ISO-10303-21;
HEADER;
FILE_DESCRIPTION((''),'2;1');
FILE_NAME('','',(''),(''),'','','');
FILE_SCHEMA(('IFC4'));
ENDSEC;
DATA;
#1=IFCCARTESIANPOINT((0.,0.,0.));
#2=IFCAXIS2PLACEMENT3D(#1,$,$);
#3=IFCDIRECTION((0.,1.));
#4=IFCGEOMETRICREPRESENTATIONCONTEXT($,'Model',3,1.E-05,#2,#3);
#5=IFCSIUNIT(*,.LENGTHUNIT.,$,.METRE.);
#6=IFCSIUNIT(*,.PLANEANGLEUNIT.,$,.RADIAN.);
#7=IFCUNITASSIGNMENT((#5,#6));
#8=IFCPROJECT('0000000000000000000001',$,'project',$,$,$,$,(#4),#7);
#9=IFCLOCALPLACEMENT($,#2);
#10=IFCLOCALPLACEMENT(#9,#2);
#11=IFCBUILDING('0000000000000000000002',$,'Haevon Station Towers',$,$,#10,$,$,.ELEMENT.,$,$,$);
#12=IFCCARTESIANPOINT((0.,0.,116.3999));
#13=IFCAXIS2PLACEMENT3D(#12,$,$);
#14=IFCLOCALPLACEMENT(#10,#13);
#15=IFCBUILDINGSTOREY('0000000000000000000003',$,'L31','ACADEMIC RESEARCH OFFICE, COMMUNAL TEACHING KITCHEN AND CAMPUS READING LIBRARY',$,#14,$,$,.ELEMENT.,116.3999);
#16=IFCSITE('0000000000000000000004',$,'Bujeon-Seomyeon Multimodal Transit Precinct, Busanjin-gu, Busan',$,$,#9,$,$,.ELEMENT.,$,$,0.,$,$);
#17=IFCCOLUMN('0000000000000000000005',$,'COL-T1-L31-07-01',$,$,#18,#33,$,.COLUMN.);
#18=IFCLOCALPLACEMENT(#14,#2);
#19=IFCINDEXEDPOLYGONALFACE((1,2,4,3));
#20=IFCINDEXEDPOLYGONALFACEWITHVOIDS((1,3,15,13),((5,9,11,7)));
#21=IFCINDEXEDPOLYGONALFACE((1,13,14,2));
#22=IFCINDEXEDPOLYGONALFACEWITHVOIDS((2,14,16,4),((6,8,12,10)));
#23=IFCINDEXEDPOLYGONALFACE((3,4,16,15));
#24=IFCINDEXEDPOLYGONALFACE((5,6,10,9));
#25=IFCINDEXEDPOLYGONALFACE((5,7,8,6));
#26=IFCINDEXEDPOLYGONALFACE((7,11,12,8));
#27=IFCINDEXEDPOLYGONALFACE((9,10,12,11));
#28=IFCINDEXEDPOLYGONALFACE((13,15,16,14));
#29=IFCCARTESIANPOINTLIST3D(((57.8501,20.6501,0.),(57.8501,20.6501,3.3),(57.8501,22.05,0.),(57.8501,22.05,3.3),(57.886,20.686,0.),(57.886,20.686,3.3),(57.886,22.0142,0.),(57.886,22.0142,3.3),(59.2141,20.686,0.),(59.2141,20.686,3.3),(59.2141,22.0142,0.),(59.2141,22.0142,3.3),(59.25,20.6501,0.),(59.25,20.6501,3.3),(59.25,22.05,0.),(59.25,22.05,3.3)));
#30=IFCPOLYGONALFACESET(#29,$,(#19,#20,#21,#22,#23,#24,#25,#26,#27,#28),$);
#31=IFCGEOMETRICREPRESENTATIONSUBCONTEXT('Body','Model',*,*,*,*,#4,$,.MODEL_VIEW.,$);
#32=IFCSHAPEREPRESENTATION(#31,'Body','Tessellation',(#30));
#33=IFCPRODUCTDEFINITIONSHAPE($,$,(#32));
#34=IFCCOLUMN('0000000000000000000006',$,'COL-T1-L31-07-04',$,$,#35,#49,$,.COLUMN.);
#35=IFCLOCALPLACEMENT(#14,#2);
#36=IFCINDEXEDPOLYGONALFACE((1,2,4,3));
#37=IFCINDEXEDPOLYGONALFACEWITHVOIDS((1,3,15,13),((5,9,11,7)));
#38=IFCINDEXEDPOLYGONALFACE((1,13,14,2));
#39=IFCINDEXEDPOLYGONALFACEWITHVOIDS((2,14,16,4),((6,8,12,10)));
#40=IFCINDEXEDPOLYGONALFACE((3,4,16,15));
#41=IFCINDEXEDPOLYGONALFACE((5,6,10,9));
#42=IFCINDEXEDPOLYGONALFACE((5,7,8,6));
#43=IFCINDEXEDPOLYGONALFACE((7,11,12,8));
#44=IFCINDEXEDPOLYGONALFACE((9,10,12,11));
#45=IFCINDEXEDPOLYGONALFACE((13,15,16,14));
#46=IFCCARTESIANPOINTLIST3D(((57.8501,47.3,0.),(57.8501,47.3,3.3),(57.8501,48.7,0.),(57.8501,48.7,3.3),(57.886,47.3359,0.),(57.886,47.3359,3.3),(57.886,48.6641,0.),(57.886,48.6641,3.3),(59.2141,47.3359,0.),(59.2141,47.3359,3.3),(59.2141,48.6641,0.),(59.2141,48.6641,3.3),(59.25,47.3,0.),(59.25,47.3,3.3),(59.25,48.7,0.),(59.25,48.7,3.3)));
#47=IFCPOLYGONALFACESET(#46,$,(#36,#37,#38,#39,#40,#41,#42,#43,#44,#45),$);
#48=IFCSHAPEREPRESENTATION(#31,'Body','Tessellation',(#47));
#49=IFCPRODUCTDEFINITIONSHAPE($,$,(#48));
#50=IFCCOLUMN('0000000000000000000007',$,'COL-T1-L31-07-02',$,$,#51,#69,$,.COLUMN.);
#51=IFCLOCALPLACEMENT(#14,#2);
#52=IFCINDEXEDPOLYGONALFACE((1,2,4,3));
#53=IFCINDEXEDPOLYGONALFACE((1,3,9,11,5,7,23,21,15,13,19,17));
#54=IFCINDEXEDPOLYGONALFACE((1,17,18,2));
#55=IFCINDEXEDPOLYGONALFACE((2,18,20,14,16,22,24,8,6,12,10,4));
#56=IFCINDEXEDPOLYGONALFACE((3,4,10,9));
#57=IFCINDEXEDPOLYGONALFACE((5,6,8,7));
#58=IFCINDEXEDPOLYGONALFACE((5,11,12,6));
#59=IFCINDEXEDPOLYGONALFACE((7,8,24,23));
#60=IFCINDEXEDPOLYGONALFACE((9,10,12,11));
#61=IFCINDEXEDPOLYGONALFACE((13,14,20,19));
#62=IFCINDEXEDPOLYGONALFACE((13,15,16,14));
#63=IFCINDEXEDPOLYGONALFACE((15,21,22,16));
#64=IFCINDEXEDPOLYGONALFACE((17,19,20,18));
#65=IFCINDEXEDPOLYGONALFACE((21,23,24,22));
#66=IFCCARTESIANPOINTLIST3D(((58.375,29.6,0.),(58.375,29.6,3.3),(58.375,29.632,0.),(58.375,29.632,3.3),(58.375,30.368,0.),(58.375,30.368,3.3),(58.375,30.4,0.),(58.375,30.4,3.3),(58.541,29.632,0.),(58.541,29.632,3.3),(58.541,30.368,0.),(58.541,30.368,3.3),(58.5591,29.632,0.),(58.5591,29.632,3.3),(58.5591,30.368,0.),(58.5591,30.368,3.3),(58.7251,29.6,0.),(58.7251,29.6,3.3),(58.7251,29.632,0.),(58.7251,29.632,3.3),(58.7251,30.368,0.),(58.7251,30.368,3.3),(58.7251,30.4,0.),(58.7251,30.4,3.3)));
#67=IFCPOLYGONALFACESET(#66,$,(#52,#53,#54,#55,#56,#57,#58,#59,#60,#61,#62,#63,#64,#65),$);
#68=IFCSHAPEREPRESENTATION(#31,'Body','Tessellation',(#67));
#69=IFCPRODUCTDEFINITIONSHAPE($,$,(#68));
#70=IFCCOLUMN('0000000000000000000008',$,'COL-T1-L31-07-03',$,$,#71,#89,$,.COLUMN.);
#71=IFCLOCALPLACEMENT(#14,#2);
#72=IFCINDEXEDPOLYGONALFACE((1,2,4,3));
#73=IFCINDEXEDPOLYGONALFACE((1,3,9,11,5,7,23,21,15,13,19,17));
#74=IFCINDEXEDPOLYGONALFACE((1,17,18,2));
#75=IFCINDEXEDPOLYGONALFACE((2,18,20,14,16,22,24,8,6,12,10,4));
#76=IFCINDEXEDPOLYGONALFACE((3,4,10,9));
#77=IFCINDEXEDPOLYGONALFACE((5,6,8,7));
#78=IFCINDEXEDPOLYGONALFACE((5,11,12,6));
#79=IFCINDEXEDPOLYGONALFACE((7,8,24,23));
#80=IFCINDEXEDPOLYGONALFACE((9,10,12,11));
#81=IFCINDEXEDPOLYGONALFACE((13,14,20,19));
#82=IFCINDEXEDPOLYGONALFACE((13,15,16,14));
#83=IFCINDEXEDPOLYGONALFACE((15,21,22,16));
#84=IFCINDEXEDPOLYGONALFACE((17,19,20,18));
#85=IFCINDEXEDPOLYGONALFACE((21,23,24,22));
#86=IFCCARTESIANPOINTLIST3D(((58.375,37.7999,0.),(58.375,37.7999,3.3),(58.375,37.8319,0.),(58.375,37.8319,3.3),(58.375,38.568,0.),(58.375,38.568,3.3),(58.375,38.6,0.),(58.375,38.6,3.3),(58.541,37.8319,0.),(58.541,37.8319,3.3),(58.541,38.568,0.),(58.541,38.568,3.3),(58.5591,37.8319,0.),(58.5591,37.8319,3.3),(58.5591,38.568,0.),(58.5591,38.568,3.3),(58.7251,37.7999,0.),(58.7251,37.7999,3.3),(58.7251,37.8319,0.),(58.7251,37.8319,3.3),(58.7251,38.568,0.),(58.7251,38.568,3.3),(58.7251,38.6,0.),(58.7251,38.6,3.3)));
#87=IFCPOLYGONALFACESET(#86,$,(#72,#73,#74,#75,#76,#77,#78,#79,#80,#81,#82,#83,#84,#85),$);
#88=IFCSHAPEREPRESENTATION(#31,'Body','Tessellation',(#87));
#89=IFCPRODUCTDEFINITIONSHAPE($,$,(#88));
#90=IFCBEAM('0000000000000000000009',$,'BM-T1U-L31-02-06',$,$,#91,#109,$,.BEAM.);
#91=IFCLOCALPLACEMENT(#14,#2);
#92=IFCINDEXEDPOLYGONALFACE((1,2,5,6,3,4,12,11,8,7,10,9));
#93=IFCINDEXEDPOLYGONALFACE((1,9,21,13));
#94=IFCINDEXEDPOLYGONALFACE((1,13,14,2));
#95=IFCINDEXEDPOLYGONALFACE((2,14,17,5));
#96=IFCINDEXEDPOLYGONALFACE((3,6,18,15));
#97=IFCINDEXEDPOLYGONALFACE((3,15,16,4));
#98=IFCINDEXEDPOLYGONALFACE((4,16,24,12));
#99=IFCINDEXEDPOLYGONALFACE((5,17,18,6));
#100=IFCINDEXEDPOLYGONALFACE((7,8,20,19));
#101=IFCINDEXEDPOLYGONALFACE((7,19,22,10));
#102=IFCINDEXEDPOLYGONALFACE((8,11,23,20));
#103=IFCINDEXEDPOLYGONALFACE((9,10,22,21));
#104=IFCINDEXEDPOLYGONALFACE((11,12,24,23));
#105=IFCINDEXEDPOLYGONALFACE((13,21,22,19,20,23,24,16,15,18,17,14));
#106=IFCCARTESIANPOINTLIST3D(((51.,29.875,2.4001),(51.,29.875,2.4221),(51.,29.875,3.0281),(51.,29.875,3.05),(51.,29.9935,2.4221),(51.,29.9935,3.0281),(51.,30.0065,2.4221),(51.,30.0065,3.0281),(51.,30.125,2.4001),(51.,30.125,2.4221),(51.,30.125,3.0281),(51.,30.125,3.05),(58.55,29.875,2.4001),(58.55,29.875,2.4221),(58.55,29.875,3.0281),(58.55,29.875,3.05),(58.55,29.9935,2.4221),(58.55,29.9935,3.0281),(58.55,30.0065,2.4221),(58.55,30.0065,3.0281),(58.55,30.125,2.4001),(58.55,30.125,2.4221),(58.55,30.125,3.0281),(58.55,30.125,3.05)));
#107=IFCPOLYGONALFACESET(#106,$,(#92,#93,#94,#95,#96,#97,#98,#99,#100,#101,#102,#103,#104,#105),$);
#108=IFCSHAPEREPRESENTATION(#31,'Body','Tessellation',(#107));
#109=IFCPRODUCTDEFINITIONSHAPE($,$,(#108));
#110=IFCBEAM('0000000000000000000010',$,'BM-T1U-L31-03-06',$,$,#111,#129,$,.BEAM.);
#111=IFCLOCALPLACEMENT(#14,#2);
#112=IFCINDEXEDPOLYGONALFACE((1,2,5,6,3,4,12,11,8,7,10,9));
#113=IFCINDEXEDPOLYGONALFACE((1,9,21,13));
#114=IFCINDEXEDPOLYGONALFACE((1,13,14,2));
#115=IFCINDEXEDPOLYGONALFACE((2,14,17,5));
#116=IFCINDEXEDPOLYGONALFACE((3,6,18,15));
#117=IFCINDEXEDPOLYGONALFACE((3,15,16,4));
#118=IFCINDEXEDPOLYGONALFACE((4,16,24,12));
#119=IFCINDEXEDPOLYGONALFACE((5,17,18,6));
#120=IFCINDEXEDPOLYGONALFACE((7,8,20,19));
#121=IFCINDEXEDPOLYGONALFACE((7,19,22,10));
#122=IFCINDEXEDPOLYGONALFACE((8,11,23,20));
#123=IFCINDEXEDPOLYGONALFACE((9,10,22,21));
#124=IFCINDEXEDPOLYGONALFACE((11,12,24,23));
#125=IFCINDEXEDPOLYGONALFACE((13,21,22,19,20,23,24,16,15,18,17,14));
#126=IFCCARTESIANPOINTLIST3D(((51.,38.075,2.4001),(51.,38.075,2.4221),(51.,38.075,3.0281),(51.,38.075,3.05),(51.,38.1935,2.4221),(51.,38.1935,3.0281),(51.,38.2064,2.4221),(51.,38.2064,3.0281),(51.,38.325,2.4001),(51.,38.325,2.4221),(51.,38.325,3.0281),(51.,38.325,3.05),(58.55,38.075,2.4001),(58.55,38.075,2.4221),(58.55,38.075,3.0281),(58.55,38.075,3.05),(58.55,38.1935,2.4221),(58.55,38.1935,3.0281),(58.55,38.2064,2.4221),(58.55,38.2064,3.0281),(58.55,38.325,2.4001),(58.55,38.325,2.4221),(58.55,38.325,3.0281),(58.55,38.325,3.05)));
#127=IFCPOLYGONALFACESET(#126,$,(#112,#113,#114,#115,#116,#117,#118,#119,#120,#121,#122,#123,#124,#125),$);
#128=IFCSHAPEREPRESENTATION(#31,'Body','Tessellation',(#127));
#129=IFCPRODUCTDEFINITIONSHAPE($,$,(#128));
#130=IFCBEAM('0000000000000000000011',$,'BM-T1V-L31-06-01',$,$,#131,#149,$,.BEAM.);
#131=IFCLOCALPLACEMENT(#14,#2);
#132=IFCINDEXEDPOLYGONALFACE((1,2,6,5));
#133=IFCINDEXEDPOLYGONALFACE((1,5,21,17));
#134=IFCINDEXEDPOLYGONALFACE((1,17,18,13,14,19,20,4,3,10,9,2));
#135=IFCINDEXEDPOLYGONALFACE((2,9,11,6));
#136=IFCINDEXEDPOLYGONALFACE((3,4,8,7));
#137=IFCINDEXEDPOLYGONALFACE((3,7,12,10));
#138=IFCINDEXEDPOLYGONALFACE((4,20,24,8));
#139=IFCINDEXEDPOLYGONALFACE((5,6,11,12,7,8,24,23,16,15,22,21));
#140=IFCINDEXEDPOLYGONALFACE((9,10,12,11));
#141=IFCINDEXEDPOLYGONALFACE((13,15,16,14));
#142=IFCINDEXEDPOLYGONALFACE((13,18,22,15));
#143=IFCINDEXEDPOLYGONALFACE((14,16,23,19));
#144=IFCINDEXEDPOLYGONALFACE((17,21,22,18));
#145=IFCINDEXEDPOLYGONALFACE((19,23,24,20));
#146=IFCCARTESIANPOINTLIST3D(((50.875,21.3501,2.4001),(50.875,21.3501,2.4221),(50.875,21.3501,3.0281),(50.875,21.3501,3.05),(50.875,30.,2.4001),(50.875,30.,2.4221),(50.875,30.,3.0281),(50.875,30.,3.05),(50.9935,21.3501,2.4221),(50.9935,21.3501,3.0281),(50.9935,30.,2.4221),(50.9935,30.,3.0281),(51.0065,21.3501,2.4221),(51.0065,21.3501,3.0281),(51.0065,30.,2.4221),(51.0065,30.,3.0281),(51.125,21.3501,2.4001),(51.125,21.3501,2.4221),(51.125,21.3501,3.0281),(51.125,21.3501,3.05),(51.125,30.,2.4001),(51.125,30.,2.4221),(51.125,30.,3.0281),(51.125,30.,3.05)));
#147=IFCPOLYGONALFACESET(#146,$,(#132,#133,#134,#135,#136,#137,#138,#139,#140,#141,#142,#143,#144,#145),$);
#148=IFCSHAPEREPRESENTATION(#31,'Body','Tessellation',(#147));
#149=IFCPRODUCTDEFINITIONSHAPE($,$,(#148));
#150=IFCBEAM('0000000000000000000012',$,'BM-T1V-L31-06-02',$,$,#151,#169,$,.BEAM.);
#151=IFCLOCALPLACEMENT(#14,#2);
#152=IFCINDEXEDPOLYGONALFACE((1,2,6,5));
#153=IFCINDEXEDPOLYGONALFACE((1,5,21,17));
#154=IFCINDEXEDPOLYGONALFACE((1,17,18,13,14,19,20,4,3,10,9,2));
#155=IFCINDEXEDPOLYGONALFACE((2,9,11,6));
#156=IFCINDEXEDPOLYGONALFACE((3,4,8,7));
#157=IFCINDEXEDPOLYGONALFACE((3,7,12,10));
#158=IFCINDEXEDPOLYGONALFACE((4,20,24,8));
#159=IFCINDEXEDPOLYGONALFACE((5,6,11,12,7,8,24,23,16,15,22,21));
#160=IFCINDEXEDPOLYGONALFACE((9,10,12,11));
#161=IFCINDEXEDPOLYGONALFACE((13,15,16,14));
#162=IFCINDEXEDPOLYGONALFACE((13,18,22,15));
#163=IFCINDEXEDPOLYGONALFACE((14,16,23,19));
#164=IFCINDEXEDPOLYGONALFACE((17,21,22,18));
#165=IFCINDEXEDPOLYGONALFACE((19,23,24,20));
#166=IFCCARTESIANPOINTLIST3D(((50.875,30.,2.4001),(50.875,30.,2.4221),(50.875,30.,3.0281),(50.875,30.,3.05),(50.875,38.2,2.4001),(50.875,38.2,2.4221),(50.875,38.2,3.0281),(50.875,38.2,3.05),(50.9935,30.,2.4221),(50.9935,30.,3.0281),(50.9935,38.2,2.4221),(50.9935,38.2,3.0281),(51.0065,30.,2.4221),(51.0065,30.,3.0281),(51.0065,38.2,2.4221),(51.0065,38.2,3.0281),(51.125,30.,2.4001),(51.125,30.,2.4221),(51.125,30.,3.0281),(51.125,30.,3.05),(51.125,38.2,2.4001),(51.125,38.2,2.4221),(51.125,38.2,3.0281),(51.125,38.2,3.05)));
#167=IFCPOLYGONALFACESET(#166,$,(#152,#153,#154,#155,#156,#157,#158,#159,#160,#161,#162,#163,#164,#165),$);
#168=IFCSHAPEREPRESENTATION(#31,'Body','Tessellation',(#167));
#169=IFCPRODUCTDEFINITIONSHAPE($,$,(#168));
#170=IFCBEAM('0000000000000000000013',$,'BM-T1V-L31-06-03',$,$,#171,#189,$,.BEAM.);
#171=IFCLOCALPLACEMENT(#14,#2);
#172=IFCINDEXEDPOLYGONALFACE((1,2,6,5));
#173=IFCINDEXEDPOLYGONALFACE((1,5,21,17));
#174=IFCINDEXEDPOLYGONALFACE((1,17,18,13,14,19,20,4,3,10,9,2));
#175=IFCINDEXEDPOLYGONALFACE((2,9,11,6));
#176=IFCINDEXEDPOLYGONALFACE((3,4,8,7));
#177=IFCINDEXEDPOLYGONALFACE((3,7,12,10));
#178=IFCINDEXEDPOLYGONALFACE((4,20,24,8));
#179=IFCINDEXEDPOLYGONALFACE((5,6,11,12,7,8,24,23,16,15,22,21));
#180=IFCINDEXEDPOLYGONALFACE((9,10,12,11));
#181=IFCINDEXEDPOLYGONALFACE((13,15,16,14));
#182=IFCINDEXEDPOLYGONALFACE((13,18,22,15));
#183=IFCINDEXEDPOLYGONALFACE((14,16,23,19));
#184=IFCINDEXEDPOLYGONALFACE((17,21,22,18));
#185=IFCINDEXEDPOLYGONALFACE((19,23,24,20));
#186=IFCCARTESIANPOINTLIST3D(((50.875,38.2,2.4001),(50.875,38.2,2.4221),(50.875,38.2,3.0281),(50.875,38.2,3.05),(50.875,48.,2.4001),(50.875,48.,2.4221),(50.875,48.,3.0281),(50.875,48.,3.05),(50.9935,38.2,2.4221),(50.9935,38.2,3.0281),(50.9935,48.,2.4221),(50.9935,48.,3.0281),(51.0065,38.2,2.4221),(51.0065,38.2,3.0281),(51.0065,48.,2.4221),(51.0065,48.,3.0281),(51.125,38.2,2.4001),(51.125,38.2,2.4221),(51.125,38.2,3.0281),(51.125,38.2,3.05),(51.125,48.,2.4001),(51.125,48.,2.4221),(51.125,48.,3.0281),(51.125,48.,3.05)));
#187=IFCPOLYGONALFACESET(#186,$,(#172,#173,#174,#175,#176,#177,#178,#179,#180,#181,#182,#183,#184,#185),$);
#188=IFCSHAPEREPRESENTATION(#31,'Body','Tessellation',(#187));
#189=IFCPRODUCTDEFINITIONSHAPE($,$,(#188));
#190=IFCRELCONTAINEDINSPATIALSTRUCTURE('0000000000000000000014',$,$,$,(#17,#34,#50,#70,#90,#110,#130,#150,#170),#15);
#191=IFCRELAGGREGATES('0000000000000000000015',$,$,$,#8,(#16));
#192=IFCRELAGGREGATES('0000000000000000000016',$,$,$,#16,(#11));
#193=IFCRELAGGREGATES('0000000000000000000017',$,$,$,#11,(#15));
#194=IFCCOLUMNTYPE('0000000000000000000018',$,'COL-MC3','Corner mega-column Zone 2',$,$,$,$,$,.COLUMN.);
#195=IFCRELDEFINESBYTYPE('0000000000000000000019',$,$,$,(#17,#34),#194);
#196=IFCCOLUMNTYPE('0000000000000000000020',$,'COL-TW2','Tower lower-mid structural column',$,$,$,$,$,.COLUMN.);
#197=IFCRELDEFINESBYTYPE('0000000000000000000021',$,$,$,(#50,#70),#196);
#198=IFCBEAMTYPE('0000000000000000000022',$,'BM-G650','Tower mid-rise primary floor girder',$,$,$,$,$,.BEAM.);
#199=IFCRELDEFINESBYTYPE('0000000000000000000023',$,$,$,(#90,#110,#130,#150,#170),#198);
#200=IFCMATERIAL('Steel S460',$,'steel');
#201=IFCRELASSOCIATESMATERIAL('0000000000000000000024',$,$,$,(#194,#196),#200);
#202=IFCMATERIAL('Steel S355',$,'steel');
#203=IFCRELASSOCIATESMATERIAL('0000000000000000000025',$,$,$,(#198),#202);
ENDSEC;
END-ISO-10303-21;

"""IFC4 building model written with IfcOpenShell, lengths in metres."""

from ifc_helpers import new_model, si_unit, direction, frame, origin, origin_2d, place, context, subcontext, project, spatial, hollow_rectangle, i_section, extrude, material, material_profile, profile_set, type_object, element, save


model = new_model("IFC4")

# Units and contexts
model_context = context("Model", 3, precision=1e-05, world=origin(), true_north=direction((0.0, 1.0)))
body_context = subcontext(model_context, "Body", "Model", "MODEL_VIEW")
ifc_project = project(units=[si_unit("LENGTHUNIT", "METRE"), si_unit("PLANEANGLEUNIT", "RADIAN")], contexts=[model_context])

# Site, building, storey
site_placement = place(None, origin())
site = spatial("IfcSite", under=ifc_project, at=site_placement, Name="Bujeon-Seomyeon Multimodal Transit Precinct, Busanjin-gu, Busan", CompositionType="ELEMENT", RefElevation=0.0)
building_placement = place(site_placement, origin())
building = spatial("IfcBuilding", under=site, at=building_placement, Name="Haevon Station Towers", CompositionType="ELEMENT")
storey_placement = place(building_placement, frame((0.0, 0.0, 116.3999)))
storey = spatial("IfcBuildingStorey", under=building, at=storey_placement, Name="L31", Description="ACADEMIC RESEARCH OFFICE, COMMUNAL TEACHING KITCHEN AND CAMPUS READING LIBRARY", CompositionType="ELEMENT", Elevation=116.3999)

# Columns
ifc_material_1 = material(Name="Steel S460", Category="steel")
ifc_material_profile_1 = material_profile(ifc_material_1, hollow_rectangle(XDim=1.3999, YDim=1.3999, WallThickness=0.0359, at=origin_2d()), Name="BOX-1400x1400x36")
ifc_profile_set_1 = profile_set([ifc_material_profile_1], Name="Steel S460")
column_type_1 = type_object("IfcColumnType", Name="COL-MC3", Description="Corner mega-column Zone 2", PredefinedType="COLUMN", material=ifc_profile_set_1)
for number, where, z_axis, x_axis, name in (
    (1, (58.55, 21.3501, 0.0), (0.0, 0.0, 1.0), (1.0, 0.0, 0.0), "COL-T1-L31-07-01"),
    (2, (58.55, 48.0, 0.0), (0.0, 0.0, 1.0), (1.0, 0.0, 0.0), "COL-T1-L31-07-04"),
):
    element("IfcColumn", number, at=place(storey_placement, frame(where, z_axis=z_axis, x_axis=x_axis)), inside=storey, type_object=column_type_1, Name=name, PredefinedType="COLUMN", context=body_context, shape_type="SweptSolid", body=[
        extrude(hollow_rectangle(XDim=1.3999, YDim=1.3999, WallThickness=0.0359, at=origin_2d()), origin(), (0.0, 0.0, 1.0), 3.3),
    ])
ifc_material_profile_2 = material_profile(ifc_material_1, i_section(OverallWidth=0.3501, OverallDepth=0.8, WebThickness=0.0181, FlangeThickness=0.032, at=origin_2d()), Name="H-800x350x18x32")
ifc_profile_set_2 = profile_set([ifc_material_profile_2], Name="Steel S460")
column_type_2 = type_object("IfcColumnType", Name="COL-TW2", Description="Tower lower-mid structural column", PredefinedType="COLUMN", material=ifc_profile_set_2)
for number, where, z_axis, x_axis, name in (
    (3, (58.55, 30.0, 0.0), (0.0, 0.0, 1.0), (1.0, 0.0, 0.0), "COL-T1-L31-07-02"),
    (4, (58.55, 38.2, 0.0), (0.0, 0.0, 1.0), (1.0, 0.0, 0.0), "COL-T1-L31-07-03"),
):
    element("IfcColumn", number, at=place(storey_placement, frame(where, z_axis=z_axis, x_axis=x_axis)), inside=storey, type_object=column_type_2, Name=name, PredefinedType="COLUMN", context=body_context, shape_type="SweptSolid", body=[
        extrude(i_section(OverallWidth=0.3501, OverallDepth=0.8, WebThickness=0.0181, FlangeThickness=0.032, at=origin_2d()), origin(), (0.0, 0.0, 1.0), 3.3),
    ])

# Beams
ifc_material_2 = material(Name="Steel S355", Category="steel")
ifc_material_profile_3 = material_profile(ifc_material_2, i_section(OverallWidth=0.25, OverallDepth=0.6499, WebThickness=0.0129, FlangeThickness=0.022, at=origin_2d()), Name="H-650x250x13x22")
ifc_profile_set_3 = profile_set([ifc_material_profile_3], Name="Steel S355")
beam_type_1 = type_object("IfcBeamType", Name="BM-G650", Description="Tower mid-rise primary floor girder", PredefinedType="BEAM", material=ifc_profile_set_3)
for number, where, z_axis, x_axis, name in (
    (5, (51.0, 30.0, 2.7251), (1.0, 0.0, 0.0), (0.0, 1.0, 0.0), "BM-T1U-L31-02-06"),
    (6, (51.0, 38.2, 2.7251), (1.0, 0.0, 0.0), (0.0, 1.0, 0.0), "BM-T1U-L31-03-06"),
):
    element("IfcBeam", number, at=place(storey_placement, frame(where, z_axis=z_axis, x_axis=x_axis)), inside=storey, type_object=beam_type_1, Name=name, PredefinedType="BEAM", context=body_context, shape_type="SweptSolid", body=[
        extrude(i_section(OverallWidth=0.25, OverallDepth=0.6499, WebThickness=0.0129, FlangeThickness=0.022, at=origin_2d()), origin(), (0.0, 0.0, 1.0), 7.55),
    ])
beam_1_placement = place(storey_placement, frame((51.0, 21.3501, 2.7251), z_axis=(0.0, 1.0, 0.0), x_axis=(-1.0, 0.0, 0.0)))
element("IfcBeam", 7, at=beam_1_placement, inside=storey, type_object=beam_type_1, Name="BM-T1V-L31-06-01", PredefinedType="BEAM", context=body_context, shape_type="SweptSolid", body=[
    extrude(i_section(OverallWidth=0.25, OverallDepth=0.6499, WebThickness=0.0129, FlangeThickness=0.022, at=origin_2d()), origin(), (0.0, 0.0, 1.0), 8.6499),
])
beam_2_placement = place(storey_placement, frame((51.0, 30.0, 2.7251), z_axis=(0.0, 1.0, 0.0), x_axis=(-1.0, 0.0, 0.0)))
element("IfcBeam", 8, at=beam_2_placement, inside=storey, type_object=beam_type_1, Name="BM-T1V-L31-06-02", PredefinedType="BEAM", context=body_context, shape_type="SweptSolid", body=[
    extrude(i_section(OverallWidth=0.25, OverallDepth=0.6499, WebThickness=0.0129, FlangeThickness=0.022, at=origin_2d()), origin(), (0.0, 0.0, 1.0), 8.2),
])
beam_3_placement = place(storey_placement, frame((51.0, 38.2, 2.7251), z_axis=(0.0, 1.0, 0.0), x_axis=(-1.0, 0.0, 0.0)))
element("IfcBeam", 9, at=beam_3_placement, inside=storey, type_object=beam_type_1, Name="BM-T1V-L31-06-03", PredefinedType="BEAM", context=body_context, shape_type="SweptSolid", body=[
    extrude(i_section(OverallWidth=0.25, OverallDepth=0.6499, WebThickness=0.0129, FlangeThickness=0.022, at=origin_2d()), origin(), (0.0, 0.0, 1.0), 9.8),
])

save(model, "model.ifc")
